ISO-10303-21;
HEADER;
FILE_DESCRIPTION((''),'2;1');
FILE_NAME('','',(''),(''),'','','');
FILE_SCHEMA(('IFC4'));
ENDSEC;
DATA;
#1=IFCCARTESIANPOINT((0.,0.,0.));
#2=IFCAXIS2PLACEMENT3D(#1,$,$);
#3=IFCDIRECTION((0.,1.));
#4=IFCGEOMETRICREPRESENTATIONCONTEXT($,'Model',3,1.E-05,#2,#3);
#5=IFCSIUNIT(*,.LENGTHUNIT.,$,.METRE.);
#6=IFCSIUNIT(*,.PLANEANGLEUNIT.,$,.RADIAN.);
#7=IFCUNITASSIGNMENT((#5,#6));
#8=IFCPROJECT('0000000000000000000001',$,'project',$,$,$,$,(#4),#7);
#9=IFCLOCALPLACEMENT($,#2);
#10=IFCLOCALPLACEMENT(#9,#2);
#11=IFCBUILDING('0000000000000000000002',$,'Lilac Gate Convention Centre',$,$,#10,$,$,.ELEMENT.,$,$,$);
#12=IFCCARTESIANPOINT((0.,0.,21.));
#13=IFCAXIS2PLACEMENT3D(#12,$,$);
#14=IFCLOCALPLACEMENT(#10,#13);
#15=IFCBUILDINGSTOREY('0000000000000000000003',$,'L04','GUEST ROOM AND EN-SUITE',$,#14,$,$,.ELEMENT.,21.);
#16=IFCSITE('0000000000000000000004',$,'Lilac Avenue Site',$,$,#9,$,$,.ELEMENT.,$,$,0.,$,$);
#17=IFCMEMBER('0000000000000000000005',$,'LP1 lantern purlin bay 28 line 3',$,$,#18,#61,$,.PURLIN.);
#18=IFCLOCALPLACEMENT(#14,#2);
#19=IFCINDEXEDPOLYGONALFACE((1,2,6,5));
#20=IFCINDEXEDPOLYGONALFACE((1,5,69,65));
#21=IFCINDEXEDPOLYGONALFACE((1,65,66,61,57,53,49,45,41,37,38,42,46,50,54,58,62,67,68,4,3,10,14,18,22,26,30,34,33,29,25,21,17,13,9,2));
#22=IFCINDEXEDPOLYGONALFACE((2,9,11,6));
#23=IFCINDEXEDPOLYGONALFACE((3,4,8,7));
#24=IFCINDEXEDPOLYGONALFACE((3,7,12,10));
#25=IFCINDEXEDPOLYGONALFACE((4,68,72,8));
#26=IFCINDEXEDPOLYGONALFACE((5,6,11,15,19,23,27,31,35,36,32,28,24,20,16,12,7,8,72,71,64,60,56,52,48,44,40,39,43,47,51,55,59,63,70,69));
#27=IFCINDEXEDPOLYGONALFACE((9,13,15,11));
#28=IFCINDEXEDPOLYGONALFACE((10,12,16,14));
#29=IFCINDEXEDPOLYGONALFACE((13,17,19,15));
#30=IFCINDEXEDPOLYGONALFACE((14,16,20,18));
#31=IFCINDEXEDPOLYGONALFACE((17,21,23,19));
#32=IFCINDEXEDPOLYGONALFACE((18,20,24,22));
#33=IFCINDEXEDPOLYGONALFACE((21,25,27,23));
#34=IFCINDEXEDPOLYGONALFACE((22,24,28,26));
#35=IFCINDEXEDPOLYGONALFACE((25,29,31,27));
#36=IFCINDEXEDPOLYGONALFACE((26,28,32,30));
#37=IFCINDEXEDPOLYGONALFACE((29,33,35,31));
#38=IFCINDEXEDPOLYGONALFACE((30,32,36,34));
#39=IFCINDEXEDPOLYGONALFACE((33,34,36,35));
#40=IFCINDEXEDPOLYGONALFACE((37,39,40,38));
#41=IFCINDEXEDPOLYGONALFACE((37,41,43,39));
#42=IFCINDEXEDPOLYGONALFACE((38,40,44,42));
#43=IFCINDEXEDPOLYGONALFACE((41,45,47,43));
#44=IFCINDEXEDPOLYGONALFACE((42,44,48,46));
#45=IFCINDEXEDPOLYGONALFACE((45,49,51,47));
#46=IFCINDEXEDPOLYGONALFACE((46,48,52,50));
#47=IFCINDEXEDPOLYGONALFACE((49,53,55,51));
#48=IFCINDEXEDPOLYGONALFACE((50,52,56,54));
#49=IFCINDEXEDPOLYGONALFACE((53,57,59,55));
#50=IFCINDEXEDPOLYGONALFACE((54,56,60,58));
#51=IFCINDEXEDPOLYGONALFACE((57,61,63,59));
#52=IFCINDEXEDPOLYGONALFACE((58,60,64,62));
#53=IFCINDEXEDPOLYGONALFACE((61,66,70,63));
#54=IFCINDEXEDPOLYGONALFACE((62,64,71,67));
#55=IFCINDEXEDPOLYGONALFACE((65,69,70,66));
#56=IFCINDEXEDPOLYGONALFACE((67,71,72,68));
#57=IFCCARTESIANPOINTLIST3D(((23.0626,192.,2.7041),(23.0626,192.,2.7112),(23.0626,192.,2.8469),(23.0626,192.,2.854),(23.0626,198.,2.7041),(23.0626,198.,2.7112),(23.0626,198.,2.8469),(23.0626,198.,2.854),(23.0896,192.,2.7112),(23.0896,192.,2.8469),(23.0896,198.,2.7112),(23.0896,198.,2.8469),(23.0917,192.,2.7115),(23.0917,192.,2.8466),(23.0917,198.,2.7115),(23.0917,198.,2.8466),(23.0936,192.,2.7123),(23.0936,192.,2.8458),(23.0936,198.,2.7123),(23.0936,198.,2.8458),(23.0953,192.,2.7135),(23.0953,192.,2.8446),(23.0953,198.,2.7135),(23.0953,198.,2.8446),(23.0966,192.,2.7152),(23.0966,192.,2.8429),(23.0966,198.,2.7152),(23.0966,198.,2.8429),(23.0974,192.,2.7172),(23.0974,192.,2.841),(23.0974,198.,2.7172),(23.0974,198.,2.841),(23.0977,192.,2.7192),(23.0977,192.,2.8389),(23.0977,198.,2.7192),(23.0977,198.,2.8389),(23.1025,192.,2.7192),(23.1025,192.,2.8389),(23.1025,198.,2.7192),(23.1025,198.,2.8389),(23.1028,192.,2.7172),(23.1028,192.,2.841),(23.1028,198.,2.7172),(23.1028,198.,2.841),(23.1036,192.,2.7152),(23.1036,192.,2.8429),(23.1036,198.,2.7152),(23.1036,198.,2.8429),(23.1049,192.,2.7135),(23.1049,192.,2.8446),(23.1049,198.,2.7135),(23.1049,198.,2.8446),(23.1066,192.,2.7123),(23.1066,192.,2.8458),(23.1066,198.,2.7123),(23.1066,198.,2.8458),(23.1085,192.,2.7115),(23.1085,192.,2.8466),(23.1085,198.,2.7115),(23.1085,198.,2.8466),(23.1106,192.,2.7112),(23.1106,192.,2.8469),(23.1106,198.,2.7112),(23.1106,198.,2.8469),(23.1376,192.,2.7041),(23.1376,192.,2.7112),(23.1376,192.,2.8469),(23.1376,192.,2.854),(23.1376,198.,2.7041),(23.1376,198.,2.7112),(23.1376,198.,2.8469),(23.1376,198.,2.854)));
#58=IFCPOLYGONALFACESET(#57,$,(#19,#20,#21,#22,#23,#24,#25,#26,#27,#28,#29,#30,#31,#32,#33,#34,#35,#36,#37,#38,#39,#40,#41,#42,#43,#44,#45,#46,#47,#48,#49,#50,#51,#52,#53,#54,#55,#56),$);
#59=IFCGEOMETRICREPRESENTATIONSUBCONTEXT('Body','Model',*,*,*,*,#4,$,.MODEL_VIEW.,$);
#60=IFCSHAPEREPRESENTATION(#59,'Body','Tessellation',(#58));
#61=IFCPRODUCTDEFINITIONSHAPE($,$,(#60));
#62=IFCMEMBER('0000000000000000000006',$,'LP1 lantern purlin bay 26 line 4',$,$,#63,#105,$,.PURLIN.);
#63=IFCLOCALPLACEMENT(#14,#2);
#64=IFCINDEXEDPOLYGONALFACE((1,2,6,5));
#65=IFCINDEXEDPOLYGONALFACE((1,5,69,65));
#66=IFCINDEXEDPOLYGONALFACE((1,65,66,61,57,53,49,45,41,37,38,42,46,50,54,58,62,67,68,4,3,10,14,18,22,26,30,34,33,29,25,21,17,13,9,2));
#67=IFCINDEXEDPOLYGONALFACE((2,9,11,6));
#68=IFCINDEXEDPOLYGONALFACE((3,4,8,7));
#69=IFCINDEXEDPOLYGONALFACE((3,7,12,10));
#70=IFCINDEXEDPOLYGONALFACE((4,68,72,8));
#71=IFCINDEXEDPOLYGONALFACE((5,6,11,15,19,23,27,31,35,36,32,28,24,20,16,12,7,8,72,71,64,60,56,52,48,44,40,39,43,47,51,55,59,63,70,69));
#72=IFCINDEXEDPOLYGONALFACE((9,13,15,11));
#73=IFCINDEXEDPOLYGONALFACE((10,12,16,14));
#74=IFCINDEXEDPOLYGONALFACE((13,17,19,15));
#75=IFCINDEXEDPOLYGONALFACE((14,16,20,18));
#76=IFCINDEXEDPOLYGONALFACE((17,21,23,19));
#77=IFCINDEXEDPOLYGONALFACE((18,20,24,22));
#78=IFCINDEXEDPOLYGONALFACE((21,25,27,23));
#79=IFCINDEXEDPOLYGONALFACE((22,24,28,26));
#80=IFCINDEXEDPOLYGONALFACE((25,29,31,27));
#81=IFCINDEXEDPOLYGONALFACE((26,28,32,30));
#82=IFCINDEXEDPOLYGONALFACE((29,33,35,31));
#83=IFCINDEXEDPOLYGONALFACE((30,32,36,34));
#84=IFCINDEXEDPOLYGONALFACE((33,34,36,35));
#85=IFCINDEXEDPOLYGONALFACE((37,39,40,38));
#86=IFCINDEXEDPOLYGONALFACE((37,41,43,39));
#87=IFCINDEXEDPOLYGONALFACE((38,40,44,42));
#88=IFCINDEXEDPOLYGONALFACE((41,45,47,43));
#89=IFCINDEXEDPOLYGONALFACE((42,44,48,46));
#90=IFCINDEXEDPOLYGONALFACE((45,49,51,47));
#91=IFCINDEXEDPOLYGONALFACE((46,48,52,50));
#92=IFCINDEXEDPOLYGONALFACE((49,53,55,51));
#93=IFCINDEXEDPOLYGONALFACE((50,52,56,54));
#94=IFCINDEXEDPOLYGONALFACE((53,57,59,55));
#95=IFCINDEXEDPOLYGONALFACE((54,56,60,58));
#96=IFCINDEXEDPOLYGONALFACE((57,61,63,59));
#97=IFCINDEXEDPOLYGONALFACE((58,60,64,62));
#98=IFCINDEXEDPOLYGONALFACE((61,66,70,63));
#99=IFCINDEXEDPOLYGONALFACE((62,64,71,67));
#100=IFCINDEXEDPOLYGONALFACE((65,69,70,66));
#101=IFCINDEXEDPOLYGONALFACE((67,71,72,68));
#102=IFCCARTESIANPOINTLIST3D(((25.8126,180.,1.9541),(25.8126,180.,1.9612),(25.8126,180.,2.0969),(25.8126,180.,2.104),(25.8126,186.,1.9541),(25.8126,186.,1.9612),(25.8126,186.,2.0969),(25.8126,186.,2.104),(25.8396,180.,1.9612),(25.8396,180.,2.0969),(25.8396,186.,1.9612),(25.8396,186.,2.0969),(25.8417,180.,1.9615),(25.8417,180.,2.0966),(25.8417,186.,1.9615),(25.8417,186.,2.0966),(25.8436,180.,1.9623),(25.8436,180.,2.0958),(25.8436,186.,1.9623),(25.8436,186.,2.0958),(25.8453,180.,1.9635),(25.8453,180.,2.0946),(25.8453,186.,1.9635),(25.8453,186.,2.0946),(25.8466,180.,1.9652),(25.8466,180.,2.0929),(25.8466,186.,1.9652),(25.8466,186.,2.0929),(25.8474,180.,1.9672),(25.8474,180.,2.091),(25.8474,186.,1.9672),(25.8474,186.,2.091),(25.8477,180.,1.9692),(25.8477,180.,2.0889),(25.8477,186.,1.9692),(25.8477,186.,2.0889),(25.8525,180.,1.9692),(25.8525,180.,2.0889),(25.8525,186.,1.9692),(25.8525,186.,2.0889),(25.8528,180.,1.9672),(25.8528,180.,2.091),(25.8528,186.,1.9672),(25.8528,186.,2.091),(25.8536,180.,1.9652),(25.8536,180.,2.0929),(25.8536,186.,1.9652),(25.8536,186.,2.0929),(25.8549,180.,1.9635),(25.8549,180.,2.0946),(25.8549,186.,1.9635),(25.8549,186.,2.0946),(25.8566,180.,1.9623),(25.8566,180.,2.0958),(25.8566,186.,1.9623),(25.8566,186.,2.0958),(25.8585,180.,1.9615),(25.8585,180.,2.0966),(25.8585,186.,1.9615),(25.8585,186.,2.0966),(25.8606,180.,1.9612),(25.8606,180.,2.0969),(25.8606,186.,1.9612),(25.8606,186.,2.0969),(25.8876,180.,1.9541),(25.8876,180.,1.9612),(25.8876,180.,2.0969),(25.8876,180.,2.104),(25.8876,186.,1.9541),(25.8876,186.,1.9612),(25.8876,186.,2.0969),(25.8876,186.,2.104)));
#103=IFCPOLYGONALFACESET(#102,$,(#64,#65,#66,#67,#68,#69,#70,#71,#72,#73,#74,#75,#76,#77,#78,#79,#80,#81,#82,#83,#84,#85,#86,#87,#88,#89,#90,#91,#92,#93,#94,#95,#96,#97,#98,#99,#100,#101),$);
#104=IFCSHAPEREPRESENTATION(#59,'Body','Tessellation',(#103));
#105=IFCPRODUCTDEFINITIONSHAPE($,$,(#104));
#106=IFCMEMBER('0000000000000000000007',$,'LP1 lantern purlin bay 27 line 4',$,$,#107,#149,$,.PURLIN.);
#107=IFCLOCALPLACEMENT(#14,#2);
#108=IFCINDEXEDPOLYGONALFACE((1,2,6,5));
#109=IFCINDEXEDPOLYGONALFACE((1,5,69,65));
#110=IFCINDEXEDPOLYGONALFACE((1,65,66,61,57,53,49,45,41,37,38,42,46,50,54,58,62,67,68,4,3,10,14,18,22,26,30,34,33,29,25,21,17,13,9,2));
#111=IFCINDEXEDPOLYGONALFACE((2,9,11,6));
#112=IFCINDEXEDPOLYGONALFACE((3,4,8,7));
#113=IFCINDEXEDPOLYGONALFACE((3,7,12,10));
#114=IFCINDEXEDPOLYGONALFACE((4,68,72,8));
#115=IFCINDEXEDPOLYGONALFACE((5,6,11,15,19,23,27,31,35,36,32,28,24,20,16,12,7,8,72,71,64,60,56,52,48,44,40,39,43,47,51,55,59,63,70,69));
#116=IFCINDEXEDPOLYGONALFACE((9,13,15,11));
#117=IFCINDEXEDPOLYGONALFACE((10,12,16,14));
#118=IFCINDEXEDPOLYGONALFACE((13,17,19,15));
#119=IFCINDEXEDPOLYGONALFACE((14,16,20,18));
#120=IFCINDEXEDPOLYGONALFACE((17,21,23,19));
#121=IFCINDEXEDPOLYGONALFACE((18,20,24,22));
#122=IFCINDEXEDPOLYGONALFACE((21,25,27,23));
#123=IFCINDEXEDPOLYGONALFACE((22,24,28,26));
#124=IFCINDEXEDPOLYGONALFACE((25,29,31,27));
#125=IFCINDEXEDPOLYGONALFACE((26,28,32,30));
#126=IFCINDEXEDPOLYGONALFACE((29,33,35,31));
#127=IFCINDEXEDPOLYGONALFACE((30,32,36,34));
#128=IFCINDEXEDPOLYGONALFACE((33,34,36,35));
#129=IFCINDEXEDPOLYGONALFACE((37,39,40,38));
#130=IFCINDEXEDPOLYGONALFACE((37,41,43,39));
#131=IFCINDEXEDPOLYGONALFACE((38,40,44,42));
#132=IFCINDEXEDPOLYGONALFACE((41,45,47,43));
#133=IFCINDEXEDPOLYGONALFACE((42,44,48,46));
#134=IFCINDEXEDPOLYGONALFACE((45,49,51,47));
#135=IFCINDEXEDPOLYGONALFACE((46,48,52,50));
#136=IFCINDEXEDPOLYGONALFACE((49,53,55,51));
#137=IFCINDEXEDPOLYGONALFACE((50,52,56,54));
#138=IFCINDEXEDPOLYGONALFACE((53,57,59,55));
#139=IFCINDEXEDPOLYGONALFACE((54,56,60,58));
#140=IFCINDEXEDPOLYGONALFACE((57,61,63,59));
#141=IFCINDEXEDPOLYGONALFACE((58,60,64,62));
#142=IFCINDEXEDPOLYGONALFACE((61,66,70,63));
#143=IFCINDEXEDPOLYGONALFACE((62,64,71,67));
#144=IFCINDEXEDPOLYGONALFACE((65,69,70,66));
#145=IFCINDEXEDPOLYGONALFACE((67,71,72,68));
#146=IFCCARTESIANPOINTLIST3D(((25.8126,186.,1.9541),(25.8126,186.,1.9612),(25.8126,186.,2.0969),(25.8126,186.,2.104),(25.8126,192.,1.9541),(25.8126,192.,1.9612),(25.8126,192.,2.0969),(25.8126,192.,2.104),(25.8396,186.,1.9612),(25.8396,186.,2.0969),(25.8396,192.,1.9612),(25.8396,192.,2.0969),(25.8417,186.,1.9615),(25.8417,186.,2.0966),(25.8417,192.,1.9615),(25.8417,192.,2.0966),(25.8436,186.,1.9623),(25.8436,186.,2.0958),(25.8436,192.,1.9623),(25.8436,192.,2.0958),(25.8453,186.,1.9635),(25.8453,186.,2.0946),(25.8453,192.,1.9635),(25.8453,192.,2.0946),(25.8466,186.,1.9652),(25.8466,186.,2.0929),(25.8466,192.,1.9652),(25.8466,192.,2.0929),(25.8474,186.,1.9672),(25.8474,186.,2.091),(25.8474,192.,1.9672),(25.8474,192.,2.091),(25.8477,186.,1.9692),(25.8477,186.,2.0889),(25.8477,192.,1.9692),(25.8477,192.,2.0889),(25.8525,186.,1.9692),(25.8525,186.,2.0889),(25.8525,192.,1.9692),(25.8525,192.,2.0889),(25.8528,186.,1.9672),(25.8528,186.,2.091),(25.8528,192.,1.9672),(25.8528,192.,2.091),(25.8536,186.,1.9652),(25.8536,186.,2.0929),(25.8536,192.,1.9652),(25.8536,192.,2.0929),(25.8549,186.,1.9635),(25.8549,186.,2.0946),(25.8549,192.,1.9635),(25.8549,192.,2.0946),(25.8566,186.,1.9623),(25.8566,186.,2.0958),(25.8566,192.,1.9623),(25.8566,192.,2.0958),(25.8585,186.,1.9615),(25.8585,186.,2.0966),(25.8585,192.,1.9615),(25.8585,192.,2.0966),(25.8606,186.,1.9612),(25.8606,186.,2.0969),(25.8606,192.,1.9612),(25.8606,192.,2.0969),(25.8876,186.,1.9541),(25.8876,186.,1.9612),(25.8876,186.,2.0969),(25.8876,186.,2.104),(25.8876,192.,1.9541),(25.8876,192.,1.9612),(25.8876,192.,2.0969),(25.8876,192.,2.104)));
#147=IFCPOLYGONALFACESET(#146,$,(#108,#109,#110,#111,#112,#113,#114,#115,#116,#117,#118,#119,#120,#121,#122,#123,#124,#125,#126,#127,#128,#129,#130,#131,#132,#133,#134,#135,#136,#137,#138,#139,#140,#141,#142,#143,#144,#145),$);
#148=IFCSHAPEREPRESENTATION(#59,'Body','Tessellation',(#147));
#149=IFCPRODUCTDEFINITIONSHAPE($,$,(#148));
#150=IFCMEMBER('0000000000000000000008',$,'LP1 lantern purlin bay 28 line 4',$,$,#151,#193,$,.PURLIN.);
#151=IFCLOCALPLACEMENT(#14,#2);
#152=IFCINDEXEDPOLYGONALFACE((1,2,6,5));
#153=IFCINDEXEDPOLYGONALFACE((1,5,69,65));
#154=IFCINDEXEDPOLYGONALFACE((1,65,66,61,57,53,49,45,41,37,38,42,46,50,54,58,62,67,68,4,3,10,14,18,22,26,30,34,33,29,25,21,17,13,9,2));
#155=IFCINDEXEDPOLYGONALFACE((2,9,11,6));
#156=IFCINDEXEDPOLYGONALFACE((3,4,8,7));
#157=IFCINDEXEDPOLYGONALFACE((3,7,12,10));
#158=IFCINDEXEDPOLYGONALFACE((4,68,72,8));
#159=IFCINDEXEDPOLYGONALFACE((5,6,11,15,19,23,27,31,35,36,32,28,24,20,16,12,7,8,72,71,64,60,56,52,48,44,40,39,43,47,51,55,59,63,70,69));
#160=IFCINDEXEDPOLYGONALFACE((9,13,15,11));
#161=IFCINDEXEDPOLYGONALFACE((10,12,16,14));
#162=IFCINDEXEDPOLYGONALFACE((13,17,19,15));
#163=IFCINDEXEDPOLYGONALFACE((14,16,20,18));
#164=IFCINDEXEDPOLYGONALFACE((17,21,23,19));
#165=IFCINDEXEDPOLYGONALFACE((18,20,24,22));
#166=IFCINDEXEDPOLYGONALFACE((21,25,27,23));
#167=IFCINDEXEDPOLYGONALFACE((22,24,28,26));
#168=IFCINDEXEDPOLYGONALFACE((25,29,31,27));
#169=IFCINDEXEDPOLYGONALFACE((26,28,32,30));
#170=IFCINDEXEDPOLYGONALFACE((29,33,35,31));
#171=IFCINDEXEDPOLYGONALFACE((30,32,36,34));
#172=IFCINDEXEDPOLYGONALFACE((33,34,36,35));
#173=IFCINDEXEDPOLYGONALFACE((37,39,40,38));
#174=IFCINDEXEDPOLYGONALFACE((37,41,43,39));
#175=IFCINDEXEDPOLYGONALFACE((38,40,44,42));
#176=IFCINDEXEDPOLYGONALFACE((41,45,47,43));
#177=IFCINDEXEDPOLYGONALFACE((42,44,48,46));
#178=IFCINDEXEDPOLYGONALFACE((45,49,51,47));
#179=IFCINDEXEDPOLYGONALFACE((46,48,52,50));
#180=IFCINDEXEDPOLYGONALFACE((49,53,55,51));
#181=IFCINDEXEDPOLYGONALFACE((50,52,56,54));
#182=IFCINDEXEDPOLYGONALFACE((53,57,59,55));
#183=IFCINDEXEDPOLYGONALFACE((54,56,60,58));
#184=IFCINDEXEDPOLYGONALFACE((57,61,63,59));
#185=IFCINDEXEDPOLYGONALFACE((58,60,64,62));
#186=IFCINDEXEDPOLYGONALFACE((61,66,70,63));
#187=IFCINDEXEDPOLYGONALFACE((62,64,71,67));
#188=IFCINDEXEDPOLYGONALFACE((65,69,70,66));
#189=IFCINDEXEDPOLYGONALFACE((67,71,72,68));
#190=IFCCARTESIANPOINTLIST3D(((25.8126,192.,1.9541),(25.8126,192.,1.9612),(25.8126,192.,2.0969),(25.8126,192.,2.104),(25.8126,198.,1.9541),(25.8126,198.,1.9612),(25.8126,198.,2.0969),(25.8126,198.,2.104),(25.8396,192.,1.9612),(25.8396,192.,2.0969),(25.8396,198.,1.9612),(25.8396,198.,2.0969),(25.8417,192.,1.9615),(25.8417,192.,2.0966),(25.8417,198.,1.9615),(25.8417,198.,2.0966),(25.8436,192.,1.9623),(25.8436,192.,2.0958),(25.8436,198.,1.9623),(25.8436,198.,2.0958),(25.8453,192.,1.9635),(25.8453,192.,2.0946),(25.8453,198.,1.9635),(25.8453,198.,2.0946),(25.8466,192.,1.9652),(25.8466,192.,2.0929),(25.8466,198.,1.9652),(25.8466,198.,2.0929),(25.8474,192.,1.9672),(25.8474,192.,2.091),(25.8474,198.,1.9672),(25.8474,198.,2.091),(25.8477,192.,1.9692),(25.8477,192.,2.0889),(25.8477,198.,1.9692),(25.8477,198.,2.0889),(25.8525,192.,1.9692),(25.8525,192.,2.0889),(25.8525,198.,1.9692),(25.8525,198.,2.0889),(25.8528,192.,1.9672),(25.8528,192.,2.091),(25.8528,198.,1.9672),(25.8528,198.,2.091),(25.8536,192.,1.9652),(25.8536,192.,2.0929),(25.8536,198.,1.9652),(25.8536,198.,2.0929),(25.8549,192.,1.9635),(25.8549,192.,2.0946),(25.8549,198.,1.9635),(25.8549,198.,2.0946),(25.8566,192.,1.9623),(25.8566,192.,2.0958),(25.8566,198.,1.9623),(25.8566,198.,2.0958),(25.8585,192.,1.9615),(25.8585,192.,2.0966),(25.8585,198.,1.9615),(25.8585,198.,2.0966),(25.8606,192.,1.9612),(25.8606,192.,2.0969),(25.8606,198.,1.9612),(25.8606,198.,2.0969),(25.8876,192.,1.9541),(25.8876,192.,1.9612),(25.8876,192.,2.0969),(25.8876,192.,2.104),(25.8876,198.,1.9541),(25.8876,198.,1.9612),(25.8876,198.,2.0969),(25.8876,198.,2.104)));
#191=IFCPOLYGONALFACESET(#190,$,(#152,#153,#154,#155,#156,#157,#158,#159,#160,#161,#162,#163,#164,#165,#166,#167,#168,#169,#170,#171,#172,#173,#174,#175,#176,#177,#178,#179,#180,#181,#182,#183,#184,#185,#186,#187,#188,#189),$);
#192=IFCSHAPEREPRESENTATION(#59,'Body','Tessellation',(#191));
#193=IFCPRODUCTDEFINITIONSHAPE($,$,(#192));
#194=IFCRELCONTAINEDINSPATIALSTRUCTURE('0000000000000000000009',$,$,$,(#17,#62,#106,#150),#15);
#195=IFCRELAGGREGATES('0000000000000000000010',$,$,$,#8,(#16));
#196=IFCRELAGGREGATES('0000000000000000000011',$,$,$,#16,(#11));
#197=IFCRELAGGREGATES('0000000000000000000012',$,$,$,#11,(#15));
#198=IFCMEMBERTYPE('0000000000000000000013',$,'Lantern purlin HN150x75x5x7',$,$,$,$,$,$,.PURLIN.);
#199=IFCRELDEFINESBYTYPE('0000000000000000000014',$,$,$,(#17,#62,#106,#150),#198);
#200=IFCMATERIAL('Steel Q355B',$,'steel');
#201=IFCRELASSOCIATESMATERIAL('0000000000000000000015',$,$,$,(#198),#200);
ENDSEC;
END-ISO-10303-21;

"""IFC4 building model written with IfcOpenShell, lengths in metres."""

from ifc_helpers import new_model, si_unit, direction, frame, origin, origin_2d, place, context, subcontext, project, spatial, i_section, extrude, material, material_profile, profile_set, type_object, element, save


model = new_model("IFC4")

# Units and contexts
model_context = context("Model", 3, precision=1e-05, world=origin(), true_north=direction((0.0, 1.0)))
body_context = subcontext(model_context, "Body", "Model", "MODEL_VIEW")
ifc_project = project(units=[si_unit("LENGTHUNIT", "METRE"), si_unit("PLANEANGLEUNIT", "RADIAN")], contexts=[model_context])

# Site, building, storey
site_placement = place(None, origin())
site = spatial("IfcSite", under=ifc_project, at=site_placement, Name="Lilac Avenue Site", CompositionType="ELEMENT", RefElevation=0.0)
building_placement = place(site_placement, origin())
building = spatial("IfcBuilding", under=site, at=building_placement, Name="Lilac Gate Convention Centre", CompositionType="ELEMENT")
storey_placement = place(building_placement, frame((0.0, 0.0, 21.0)))
storey = spatial("IfcBuildingStorey", under=building, at=storey_placement, Name="L04", Description="GUEST ROOM AND EN-SUITE", CompositionType="ELEMENT", Elevation=21.0)

# Members
ifc_material_1 = material(Name="Steel Q355B", Category="steel")
ifc_material_profile_1 = material_profile(ifc_material_1, i_section(OverallWidth=0.075, OverallDepth=0.1499, WebThickness=0.0049, FlangeThickness=0.0071, FilletRadius=0.0081, at=origin_2d()), Name="HN150x75x5x7")
ifc_profile_set_1 = profile_set([ifc_material_profile_1], Name="Steel Q355B")
member_type_1 = type_object("IfcMemberType", Name="Lantern purlin HN150x75x5x7", PredefinedType="PURLIN", material=ifc_profile_set_1)
for number, where, z_axis, x_axis, name in (
    (1, (23.1001, 192.0, 2.7791), (0.0, 1.0, 0.0), (-1.0, 0.0, 0.0), "LP1 lantern purlin bay 28 line 3"),
    (2, (25.8501, 180.0, 2.0291), (0.0, 1.0, 0.0), (-1.0, 0.0, 0.0), "LP1 lantern purlin bay 26 line 4"),
    (3, (25.8501, 186.0, 2.0291), (0.0, 1.0, 0.0), (-1.0, 0.0, 0.0), "LP1 lantern purlin bay 27 line 4"),
    (4, (25.8501, 192.0, 2.0291), (0.0, 1.0, 0.0), (-1.0, 0.0, 0.0), "LP1 lantern purlin bay 28 line 4"),
):
    element("IfcMember", number, at=place(storey_placement, frame(where, z_axis=z_axis, x_axis=x_axis)), inside=storey, type_object=member_type_1, Name=name, PredefinedType="PURLIN", context=body_context, shape_type="SweptSolid", body=[
        extrude(i_section(OverallWidth=0.075, OverallDepth=0.1499, WebThickness=0.0049, FlangeThickness=0.0071, FilletRadius=0.0081, at=origin_2d()), origin(), (0.0, 0.0, 1.0), 6.0),
    ])

save(model, "model.ifc")
